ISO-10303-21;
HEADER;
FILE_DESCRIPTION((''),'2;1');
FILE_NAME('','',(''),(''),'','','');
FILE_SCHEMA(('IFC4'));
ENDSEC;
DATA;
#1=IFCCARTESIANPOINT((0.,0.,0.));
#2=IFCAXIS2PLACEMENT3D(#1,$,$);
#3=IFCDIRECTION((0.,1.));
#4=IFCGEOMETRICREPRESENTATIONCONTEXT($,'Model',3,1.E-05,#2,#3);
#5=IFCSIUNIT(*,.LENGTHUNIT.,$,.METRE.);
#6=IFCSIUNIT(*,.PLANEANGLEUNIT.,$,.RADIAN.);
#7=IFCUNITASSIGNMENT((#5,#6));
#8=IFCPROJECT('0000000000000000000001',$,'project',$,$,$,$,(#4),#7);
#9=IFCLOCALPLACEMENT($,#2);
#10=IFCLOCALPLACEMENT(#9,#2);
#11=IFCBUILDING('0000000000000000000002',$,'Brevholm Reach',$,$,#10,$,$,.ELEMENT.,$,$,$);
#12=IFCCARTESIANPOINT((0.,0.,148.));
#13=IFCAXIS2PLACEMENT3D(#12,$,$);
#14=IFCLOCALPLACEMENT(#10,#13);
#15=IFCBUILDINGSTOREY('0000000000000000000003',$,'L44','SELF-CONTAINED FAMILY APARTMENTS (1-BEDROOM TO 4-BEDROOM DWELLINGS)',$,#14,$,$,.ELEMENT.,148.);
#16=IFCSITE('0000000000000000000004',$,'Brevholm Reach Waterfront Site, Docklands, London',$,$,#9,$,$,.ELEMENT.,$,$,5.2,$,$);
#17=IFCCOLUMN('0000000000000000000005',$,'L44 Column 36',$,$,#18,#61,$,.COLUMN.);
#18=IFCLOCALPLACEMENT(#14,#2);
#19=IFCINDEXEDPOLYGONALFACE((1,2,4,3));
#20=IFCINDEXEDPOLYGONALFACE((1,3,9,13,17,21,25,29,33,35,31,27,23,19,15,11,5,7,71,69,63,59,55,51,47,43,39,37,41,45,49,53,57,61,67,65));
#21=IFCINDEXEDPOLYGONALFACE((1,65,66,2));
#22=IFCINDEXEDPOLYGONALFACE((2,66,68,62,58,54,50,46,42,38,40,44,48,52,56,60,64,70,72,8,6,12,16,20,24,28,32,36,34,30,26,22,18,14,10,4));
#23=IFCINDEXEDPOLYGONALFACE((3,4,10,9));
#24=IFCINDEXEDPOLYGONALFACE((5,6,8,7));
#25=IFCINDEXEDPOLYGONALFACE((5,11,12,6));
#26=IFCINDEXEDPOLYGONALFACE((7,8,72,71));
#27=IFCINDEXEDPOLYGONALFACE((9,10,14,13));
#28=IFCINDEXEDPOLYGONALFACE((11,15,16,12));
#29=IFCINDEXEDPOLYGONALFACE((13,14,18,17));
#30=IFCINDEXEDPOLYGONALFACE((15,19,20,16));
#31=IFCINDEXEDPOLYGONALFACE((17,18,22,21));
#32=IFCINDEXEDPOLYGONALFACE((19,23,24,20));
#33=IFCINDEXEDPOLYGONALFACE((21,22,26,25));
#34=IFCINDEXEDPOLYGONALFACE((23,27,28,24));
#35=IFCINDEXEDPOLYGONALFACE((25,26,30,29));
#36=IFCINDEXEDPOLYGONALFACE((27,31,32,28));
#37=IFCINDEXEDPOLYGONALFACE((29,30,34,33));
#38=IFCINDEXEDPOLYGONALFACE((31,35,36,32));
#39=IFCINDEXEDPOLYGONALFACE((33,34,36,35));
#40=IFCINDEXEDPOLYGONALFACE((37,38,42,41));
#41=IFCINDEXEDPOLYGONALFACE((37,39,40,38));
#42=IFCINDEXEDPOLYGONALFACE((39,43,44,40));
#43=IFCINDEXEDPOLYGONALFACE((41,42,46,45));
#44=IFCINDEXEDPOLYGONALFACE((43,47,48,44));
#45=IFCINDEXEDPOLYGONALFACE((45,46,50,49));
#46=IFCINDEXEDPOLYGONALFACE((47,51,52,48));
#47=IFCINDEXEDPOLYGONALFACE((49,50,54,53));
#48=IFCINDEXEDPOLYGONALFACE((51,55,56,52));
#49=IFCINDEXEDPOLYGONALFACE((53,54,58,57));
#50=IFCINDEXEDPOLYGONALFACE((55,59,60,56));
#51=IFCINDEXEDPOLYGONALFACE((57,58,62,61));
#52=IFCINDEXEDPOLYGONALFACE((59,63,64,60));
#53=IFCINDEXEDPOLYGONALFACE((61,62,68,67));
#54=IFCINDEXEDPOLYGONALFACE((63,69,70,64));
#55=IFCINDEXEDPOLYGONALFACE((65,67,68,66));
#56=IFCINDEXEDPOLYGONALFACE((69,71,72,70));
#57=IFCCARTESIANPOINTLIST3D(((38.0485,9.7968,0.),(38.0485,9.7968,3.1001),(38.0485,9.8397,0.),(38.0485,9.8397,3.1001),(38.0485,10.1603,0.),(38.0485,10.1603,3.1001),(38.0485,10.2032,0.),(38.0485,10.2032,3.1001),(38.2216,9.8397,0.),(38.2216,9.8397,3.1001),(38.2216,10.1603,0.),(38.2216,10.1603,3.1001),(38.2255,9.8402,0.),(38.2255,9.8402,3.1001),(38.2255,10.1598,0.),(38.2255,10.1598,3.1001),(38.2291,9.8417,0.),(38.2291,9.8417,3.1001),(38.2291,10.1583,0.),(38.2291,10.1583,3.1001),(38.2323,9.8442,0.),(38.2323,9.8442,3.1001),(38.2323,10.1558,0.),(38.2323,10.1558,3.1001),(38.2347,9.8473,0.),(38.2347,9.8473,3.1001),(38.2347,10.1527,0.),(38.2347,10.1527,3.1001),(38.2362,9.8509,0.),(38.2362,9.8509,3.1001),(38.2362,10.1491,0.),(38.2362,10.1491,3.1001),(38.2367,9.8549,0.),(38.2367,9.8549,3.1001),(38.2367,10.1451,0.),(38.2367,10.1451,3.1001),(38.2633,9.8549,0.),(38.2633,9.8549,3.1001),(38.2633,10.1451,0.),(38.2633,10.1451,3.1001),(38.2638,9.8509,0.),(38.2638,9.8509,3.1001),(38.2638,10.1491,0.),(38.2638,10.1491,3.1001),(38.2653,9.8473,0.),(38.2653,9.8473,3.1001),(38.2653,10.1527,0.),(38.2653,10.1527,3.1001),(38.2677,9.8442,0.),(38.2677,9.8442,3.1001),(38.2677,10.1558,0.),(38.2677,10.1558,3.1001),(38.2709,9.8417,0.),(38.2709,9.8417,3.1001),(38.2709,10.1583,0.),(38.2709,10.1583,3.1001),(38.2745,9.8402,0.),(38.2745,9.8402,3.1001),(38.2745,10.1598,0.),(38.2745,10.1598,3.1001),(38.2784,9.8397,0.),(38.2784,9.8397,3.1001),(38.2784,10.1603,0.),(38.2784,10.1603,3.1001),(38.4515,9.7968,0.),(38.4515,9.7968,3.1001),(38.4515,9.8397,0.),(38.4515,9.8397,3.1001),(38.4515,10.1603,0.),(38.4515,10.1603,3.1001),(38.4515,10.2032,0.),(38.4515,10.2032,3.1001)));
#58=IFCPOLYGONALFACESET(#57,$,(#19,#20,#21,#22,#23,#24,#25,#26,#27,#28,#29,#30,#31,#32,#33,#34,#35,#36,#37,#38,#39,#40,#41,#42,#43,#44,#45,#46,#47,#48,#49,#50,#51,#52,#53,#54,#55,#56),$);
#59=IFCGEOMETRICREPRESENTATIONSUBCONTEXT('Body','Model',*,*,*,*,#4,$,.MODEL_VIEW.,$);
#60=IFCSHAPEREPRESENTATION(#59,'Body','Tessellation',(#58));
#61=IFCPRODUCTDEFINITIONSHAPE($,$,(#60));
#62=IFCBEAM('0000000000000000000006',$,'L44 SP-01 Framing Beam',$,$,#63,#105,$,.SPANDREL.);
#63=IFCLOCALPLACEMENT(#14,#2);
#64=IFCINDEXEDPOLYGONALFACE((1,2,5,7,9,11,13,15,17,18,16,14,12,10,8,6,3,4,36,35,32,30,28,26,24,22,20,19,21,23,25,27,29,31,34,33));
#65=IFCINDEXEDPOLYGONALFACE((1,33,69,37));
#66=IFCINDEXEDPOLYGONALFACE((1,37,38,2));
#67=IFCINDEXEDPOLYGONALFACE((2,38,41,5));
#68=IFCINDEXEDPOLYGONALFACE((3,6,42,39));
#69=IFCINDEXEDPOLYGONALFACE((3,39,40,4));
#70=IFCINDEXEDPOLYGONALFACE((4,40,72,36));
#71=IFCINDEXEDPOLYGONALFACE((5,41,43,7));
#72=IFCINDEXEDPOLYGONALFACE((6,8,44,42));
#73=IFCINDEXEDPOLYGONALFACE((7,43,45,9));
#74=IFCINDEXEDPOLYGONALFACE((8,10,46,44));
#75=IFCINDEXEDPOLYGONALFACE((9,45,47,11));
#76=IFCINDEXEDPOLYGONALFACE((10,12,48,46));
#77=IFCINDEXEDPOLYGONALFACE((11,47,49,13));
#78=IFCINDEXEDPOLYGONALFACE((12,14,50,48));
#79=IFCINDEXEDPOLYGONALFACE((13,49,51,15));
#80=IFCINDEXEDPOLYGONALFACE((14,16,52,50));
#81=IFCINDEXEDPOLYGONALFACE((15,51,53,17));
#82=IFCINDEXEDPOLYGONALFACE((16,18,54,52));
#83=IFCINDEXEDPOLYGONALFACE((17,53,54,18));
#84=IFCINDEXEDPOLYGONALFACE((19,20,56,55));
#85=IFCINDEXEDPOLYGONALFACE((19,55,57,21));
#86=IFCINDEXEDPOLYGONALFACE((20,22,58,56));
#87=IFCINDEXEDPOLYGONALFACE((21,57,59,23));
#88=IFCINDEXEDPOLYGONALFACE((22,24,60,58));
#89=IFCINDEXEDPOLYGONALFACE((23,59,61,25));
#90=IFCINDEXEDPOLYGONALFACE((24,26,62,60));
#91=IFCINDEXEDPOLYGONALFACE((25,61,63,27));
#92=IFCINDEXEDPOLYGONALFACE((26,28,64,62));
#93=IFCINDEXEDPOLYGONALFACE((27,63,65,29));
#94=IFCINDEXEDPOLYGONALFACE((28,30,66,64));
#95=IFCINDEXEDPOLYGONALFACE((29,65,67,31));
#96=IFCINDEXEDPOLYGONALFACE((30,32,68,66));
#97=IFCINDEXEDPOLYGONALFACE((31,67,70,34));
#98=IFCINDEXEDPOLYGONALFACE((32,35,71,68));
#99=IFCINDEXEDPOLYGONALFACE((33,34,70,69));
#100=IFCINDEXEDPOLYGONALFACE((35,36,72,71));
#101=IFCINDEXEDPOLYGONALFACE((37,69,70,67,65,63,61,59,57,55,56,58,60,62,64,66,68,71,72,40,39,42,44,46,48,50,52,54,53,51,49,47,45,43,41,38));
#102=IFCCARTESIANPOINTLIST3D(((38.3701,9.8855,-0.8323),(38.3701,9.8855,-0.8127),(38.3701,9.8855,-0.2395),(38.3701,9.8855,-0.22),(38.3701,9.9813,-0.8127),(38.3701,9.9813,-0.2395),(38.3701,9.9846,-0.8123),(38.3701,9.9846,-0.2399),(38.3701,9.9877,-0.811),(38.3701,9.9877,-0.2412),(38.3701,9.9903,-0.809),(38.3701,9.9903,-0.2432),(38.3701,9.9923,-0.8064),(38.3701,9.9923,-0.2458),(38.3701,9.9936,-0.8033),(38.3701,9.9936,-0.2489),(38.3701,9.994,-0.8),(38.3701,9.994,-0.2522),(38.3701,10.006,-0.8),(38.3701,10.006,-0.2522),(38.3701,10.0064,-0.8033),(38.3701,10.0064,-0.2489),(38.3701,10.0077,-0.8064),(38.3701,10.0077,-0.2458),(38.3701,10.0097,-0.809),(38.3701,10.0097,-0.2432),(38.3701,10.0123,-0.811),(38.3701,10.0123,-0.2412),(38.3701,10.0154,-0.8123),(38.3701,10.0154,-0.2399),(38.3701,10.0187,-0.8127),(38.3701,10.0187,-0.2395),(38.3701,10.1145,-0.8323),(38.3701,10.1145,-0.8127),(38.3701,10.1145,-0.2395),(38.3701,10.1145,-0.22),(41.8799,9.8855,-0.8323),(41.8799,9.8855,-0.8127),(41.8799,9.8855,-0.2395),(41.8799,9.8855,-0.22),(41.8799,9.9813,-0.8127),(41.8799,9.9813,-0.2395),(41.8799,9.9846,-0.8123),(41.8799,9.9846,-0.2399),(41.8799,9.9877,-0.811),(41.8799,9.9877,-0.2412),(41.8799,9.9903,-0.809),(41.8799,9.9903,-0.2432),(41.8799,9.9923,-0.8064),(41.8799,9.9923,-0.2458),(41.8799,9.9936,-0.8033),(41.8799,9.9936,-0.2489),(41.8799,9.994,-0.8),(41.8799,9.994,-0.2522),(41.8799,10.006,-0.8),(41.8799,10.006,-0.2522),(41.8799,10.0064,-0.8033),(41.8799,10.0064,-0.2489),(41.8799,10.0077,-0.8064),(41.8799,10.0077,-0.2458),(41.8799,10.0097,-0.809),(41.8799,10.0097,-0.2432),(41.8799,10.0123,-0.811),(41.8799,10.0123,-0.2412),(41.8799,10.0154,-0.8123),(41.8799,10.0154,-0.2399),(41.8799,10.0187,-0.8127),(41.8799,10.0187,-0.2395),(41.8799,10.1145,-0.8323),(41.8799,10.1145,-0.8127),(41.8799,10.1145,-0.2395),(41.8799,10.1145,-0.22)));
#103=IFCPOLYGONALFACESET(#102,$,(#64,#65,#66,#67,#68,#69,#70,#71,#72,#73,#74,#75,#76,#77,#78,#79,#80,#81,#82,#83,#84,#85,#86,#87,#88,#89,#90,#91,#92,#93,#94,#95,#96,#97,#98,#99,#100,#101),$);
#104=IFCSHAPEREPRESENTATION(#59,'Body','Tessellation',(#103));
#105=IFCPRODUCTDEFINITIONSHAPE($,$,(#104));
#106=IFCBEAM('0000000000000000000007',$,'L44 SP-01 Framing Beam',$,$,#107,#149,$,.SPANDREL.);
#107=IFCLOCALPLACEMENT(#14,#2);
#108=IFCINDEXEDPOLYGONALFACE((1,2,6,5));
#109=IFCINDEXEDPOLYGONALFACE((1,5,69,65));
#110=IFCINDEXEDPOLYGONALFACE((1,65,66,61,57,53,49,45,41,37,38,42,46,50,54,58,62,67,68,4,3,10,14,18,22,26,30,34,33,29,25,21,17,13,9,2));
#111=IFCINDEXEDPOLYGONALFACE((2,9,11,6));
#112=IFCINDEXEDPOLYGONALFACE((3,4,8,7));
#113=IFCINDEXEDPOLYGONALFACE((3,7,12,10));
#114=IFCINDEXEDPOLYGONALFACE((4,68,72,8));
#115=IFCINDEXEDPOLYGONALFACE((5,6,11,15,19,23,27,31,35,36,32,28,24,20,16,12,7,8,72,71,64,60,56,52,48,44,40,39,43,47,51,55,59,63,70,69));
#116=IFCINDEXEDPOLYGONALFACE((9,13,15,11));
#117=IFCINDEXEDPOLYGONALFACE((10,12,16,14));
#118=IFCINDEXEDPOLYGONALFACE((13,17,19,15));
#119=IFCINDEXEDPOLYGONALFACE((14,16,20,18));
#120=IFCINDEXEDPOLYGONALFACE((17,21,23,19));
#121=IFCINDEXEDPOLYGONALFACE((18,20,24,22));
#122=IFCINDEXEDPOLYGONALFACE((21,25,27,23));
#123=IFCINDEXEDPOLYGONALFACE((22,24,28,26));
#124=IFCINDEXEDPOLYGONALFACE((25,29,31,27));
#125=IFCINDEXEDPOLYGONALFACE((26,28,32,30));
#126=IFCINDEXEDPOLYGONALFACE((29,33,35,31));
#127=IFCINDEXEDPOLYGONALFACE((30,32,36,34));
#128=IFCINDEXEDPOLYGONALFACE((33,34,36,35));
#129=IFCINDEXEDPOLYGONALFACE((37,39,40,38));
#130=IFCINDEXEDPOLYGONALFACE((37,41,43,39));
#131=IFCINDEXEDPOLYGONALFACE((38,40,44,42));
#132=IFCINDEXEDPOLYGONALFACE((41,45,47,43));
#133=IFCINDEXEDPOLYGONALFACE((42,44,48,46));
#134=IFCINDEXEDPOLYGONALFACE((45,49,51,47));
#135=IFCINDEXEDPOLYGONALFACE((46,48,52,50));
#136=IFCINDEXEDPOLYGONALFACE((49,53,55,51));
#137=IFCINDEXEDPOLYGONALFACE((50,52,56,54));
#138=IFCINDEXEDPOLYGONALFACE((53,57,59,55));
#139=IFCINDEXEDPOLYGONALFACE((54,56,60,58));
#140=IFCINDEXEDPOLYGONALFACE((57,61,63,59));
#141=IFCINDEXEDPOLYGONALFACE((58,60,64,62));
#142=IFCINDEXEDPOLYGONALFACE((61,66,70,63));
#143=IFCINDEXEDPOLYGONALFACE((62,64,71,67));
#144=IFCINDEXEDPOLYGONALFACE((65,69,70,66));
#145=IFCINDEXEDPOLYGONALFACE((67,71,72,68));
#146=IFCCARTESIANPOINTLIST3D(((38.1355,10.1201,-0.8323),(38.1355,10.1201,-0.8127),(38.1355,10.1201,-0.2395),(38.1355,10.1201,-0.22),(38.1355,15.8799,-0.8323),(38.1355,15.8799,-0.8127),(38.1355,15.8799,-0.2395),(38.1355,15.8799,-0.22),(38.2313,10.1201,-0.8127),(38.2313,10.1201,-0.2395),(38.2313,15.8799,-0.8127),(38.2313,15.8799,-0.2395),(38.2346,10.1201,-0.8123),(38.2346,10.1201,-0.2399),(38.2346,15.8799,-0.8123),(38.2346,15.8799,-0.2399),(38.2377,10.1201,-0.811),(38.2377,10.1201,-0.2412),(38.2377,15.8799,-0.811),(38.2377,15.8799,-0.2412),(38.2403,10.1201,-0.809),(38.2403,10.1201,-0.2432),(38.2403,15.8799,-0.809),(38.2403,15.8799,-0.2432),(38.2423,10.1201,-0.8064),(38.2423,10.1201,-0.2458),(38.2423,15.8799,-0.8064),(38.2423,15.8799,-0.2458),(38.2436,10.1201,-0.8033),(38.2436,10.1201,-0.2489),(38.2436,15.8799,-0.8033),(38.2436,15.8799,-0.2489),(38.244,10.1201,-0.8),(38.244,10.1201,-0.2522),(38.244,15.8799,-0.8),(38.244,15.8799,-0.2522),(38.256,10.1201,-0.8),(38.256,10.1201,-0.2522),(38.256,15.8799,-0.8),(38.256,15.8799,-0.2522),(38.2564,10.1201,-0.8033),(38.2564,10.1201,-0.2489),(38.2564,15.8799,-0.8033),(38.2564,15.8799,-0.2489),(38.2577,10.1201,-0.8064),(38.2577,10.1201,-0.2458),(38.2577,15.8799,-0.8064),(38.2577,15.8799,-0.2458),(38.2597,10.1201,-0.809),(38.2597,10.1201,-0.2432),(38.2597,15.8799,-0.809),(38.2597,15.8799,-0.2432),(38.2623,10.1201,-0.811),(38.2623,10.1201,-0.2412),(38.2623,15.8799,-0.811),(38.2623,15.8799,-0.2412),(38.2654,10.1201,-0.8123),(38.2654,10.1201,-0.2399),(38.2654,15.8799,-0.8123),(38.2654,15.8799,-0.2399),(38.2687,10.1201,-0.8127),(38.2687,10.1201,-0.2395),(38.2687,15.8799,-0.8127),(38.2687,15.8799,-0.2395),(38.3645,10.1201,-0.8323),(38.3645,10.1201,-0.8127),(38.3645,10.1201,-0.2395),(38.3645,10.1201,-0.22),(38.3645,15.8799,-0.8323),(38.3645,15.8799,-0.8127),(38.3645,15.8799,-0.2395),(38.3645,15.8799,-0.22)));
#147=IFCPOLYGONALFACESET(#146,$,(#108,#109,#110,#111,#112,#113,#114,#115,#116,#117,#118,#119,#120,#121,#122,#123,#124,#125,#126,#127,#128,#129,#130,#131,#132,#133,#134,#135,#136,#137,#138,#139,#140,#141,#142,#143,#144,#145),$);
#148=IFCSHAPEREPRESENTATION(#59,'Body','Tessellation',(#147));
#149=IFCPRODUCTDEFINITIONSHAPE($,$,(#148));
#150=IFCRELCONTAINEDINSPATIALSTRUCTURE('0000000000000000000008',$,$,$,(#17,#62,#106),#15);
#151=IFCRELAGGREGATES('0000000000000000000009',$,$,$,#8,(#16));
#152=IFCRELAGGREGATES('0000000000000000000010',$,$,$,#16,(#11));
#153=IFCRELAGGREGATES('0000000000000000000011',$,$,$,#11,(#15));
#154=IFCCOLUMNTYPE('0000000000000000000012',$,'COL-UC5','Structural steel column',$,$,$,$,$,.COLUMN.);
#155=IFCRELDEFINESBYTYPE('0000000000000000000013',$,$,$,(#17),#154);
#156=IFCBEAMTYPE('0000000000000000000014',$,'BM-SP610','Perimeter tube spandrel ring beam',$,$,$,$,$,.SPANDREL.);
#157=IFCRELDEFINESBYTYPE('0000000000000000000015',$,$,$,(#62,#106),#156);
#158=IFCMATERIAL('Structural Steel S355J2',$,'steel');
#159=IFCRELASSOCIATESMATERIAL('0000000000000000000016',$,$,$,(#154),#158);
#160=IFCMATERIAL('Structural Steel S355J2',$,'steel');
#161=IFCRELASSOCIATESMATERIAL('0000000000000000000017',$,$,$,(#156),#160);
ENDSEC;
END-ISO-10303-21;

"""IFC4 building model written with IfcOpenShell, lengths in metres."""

from ifc_helpers import new_model, si_unit, direction, frame, origin, origin_2d, place, context, subcontext, project, spatial, i_section, extrude, material, material_profile, profile_set, type_object, element, save


model = new_model("IFC4")

# Units and contexts
model_context = context("Model", 3, precision=1e-05, world=origin(), true_north=direction((0.0, 1.0)))
body_context = subcontext(model_context, "Body", "Model", "MODEL_VIEW")
ifc_project = project(units=[si_unit("LENGTHUNIT", "METRE"), si_unit("PLANEANGLEUNIT", "RADIAN")], contexts=[model_context])

# Site, building, storey
site_placement = place(None, origin())
site = spatial("IfcSite", under=ifc_project, at=site_placement, Name="Brevholm Reach Waterfront Site, Docklands, London", CompositionType="ELEMENT", RefElevation=5.2)
building_placement = place(site_placement, origin())
building = spatial("IfcBuilding", under=site, at=building_placement, Name="Brevholm Reach", CompositionType="ELEMENT")
storey_placement = place(building_placement, frame((0.0, 0.0, 148.0)))
storey = spatial("IfcBuildingStorey", under=building, at=storey_placement, Name="L44", Description="SELF-CONTAINED FAMILY APARTMENTS (1-BEDROOM TO 4-BEDROOM DWELLINGS)", CompositionType="ELEMENT", Elevation=148.0)

# Column
ifc_material_1 = material(Name="Structural Steel S355J2", Category="steel")
ifc_material_profile_1 = material_profile(ifc_material_1, i_section(OverallWidth=0.4031, OverallDepth=0.4065, WebThickness=0.0266, FlangeThickness=0.043, FilletRadius=0.0151, at=origin_2d()), Name="UKC 356x406x340")
ifc_profile_set_1 = profile_set([ifc_material_profile_1], Name="Structural Steel S355J2")
column_type = type_object("IfcColumnType", Name="COL-UC5", Description="Structural steel column", PredefinedType="COLUMN", material=ifc_profile_set_1)
column_placement = place(storey_placement, frame((38.25, 10.0, 0.0), z_axis=(0.0, 0.0, 1.0), x_axis=(1.0, 0.0, 0.0)))
element("IfcColumn", 1, at=column_placement, inside=storey, type_object=column_type, Name="L44 Column 36", PredefinedType="COLUMN", context=body_context, shape_type="SweptSolid", body=[
    extrude(i_section(OverallWidth=0.4031, OverallDepth=0.4065, WebThickness=0.0266, FlangeThickness=0.043, FilletRadius=0.0151, at=origin_2d()), origin(), (0.0, 0.0, 1.0), 3.1001),
])

# Beams
ifc_material_2 = material(Name="Structural Steel S355J2", Category="steel")
ifc_material_profile_2 = material_profile(ifc_material_2, i_section(OverallWidth=0.229, OverallDepth=0.6123, WebThickness=0.012, FlangeThickness=0.0195, FilletRadius=0.0127, at=origin_2d()), Name="UKB 610x229x125")
ifc_profile_set_2 = profile_set([ifc_material_profile_2], Name="Structural Steel S355J2")
beam_type = type_object("IfcBeamType", Name="BM-SP610", Description="Perimeter tube spandrel ring beam", PredefinedType="SPANDREL", material=ifc_profile_set_2)
beam_1_placement = place(storey_placement, frame((38.3701, 10.0, -0.5261), z_axis=(1.0, 0.0, 0.0), x_axis=(0.0, 1.0, 0.0)))
element("IfcBeam", 2, at=beam_1_placement, inside=storey, type_object=beam_type, Name="L44 SP-01 Framing Beam", PredefinedType="SPANDREL", context=body_context, shape_type="SweptSolid", body=[
    extrude(i_section(OverallWidth=0.229, OverallDepth=0.6123, WebThickness=0.012, FlangeThickness=0.0195, FilletRadius=0.0127, at=origin_2d()), origin(), (0.0, 0.0, 1.0), 3.5098),
])
beam_2_placement = place(storey_placement, frame((38.25, 10.1201, -0.5261), z_axis=(0.0, 1.0, 0.0), x_axis=(-1.0, 0.0, 0.0)))
element("IfcBeam", 3, at=beam_2_placement, inside=storey, type_object=beam_type, Name="L44 SP-01 Framing Beam", PredefinedType="SPANDREL", context=body_context, shape_type="SweptSolid", body=[
    extrude(i_section(OverallWidth=0.229, OverallDepth=0.6123, WebThickness=0.012, FlangeThickness=0.0195, FilletRadius=0.0127, at=origin_2d()), origin(), (0.0, 0.0, 1.0), 5.7598),
])

save(model, "model.ifc")
